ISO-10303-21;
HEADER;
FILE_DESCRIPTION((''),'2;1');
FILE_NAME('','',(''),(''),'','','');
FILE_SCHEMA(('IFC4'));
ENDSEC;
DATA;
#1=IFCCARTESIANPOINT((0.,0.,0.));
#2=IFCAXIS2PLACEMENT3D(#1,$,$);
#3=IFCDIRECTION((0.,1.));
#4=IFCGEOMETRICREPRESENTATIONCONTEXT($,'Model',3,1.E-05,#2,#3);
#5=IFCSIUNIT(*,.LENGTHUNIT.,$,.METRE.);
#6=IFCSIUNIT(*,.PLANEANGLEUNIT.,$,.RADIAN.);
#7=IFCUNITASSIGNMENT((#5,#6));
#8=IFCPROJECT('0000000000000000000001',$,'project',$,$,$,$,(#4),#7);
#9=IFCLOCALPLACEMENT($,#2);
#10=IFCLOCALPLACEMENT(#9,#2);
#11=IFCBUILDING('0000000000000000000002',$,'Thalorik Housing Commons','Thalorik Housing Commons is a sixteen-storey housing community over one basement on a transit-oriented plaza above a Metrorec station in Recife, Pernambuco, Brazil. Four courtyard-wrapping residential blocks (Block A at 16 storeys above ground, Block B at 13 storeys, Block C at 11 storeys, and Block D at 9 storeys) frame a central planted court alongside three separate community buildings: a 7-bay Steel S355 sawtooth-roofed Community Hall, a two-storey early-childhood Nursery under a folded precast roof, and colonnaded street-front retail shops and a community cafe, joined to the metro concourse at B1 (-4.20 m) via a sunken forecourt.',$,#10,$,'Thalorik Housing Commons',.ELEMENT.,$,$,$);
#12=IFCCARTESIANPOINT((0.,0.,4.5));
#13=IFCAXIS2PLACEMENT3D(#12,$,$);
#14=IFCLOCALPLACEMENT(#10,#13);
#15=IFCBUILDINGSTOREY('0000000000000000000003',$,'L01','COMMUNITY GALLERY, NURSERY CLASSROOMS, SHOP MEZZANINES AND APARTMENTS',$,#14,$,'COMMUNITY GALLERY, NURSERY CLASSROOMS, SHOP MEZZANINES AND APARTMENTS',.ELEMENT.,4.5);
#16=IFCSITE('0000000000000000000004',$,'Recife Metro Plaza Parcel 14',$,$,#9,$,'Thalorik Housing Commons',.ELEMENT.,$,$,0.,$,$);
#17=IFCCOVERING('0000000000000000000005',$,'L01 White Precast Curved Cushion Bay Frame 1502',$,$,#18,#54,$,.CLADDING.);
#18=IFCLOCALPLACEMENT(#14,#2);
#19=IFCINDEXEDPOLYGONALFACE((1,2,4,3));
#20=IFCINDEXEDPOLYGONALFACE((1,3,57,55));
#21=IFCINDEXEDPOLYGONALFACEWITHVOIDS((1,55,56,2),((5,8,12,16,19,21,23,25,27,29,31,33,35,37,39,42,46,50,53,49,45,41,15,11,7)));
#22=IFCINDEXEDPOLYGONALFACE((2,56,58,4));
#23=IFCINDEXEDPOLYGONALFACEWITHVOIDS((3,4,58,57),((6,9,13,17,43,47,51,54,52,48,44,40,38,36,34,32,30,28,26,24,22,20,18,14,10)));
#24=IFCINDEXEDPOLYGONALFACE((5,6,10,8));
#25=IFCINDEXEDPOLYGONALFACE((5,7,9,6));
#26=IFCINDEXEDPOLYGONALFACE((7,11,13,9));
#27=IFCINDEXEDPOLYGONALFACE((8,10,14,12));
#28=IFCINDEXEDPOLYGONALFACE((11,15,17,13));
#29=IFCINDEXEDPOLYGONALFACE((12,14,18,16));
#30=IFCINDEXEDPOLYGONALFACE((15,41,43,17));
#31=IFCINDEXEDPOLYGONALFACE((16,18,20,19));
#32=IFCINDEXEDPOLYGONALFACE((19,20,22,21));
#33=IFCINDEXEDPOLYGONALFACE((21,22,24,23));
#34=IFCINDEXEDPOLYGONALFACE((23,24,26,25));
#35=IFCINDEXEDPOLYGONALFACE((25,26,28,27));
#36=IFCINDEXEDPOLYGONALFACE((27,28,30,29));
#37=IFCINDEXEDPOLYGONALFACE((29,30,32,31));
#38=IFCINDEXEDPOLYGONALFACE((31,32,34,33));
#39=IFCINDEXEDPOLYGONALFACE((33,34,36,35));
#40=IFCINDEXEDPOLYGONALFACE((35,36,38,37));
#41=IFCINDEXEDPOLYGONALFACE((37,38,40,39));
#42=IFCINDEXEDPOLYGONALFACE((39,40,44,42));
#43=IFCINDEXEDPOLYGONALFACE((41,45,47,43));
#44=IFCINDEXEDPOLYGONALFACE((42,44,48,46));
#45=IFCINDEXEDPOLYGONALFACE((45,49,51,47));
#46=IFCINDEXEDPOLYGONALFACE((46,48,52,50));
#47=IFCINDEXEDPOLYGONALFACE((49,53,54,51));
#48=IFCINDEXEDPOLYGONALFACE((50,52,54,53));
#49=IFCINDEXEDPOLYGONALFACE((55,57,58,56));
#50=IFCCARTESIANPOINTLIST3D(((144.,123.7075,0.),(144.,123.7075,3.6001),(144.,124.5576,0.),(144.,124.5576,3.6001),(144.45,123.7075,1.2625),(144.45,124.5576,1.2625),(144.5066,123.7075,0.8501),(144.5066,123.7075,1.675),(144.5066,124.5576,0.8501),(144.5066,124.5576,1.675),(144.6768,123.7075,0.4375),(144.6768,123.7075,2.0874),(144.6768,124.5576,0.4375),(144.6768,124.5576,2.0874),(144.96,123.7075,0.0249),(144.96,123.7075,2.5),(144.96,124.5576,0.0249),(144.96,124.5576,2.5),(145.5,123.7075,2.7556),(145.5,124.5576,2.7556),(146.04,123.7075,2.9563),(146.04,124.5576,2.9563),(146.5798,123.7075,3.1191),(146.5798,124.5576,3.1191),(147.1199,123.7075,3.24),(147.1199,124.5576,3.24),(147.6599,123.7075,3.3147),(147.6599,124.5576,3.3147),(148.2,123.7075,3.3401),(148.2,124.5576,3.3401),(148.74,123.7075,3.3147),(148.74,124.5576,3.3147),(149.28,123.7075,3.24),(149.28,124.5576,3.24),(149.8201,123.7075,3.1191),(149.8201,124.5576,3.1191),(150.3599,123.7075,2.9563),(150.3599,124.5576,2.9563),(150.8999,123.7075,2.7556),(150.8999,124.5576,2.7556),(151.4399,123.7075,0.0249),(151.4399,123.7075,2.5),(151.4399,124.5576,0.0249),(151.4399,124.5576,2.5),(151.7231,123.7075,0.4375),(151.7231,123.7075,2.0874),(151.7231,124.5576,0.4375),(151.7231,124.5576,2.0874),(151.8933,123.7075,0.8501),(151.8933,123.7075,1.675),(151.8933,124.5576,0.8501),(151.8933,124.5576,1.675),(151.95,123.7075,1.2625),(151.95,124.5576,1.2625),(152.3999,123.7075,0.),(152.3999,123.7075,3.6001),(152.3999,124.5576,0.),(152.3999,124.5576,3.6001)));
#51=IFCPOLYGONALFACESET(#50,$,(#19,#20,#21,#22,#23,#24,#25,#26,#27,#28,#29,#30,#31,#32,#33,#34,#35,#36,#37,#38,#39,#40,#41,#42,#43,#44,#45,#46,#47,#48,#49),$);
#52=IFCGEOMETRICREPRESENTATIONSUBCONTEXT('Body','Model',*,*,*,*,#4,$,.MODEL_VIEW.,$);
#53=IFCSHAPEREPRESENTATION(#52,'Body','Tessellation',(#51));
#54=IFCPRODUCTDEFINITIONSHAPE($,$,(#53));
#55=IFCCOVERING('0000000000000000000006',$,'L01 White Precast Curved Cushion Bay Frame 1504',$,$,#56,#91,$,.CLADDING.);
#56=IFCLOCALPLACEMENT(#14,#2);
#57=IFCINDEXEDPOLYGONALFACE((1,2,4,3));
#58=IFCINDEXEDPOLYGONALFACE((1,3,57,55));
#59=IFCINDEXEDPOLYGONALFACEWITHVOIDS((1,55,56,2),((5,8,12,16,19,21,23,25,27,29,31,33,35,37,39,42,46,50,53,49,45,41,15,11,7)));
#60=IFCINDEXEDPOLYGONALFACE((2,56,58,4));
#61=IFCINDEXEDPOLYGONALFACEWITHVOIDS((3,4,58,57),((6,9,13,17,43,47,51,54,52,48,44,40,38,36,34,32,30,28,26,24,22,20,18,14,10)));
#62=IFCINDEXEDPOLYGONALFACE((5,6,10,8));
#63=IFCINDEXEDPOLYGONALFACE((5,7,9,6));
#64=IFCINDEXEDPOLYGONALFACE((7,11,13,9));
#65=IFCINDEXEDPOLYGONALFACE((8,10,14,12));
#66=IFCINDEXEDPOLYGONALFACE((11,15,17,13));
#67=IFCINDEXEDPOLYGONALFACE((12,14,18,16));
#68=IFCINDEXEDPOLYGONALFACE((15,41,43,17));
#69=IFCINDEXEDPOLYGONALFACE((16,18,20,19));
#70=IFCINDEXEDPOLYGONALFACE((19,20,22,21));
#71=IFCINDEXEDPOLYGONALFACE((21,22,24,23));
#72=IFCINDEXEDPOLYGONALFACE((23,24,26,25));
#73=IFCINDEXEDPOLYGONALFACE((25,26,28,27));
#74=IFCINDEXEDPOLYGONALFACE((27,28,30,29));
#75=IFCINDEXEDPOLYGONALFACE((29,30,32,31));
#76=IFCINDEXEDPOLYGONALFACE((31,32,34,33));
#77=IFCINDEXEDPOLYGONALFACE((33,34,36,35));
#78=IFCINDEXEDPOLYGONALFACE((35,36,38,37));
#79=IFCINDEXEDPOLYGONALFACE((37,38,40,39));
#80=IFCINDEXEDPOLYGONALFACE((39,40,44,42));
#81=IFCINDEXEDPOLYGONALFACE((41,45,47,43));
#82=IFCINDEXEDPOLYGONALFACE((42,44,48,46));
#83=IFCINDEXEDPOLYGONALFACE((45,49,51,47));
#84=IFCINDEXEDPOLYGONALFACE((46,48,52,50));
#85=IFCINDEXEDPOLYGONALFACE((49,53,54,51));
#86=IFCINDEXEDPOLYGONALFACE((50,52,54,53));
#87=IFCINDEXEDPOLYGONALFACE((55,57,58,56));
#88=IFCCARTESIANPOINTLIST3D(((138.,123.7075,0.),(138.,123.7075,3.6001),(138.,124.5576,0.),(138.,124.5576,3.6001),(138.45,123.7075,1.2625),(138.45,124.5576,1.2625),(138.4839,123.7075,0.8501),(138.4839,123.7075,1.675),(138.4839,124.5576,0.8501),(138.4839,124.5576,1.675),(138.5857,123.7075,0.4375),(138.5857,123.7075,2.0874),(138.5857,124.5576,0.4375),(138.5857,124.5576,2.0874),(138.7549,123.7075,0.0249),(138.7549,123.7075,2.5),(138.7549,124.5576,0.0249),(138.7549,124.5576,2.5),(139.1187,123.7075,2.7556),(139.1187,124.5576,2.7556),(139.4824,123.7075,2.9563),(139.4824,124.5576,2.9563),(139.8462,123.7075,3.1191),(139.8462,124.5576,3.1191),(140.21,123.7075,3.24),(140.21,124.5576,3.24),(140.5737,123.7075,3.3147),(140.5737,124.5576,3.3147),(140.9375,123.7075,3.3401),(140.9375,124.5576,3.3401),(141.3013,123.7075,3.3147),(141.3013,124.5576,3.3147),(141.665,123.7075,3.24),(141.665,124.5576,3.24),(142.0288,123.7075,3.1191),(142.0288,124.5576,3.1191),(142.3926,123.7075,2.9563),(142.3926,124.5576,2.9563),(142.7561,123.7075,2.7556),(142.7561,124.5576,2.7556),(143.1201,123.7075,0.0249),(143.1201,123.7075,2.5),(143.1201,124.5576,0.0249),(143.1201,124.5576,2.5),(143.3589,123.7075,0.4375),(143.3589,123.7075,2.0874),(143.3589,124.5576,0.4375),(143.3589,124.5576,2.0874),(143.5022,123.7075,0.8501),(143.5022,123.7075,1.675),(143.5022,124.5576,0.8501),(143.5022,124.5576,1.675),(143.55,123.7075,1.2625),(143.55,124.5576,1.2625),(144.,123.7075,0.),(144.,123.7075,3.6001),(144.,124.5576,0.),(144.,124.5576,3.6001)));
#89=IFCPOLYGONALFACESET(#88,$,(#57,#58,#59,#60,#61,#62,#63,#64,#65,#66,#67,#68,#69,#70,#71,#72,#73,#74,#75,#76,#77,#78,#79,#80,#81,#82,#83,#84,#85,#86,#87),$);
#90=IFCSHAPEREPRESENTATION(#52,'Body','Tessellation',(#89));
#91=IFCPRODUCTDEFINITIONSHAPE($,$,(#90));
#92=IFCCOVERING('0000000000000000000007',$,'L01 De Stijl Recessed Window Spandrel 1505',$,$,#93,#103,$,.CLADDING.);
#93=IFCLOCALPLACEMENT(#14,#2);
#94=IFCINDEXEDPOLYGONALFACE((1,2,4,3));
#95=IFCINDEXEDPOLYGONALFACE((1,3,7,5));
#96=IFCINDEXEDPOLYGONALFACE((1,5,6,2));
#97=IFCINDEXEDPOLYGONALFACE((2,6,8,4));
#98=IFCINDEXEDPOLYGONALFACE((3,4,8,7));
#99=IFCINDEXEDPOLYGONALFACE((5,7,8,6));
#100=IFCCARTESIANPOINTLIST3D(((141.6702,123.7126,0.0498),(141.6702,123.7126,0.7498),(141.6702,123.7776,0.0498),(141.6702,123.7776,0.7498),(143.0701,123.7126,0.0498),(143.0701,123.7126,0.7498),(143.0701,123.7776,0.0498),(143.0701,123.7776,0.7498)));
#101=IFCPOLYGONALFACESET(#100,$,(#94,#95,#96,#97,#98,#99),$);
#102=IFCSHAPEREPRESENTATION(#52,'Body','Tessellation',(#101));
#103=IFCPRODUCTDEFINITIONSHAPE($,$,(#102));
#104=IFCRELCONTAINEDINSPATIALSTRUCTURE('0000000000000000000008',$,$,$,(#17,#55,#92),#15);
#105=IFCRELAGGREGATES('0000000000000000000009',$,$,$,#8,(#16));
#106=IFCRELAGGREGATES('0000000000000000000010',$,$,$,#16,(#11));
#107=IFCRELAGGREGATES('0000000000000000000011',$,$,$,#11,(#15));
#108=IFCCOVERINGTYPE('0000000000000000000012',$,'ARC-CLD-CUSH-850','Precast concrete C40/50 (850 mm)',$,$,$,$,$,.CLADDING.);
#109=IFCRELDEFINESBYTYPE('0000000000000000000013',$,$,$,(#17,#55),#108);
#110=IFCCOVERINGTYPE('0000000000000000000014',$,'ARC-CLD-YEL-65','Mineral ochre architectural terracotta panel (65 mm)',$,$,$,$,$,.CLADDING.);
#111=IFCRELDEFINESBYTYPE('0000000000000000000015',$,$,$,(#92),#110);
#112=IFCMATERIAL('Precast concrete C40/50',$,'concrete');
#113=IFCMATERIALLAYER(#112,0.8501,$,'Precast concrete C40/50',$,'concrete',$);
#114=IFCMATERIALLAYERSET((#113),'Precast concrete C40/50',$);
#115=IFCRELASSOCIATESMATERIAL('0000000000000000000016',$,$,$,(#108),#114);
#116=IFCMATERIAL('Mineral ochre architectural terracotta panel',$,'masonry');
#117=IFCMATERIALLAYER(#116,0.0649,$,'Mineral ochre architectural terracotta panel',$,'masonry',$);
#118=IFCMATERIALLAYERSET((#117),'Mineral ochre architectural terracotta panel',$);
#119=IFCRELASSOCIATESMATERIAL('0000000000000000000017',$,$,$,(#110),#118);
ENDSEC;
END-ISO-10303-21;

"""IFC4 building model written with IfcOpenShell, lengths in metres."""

from ifc_helpers import new_model, si_unit, direction, frame, origin, origin_2d, place, context, subcontext, project, spatial, polyline, rectangle, outline, extrude, material, layer, layer_set, type_object, element, save


model = new_model("IFC4")

# Units and contexts
model_context = context("Model", 3, precision=1e-05, world=origin(), true_north=direction((0.0, 1.0)))
body_context = subcontext(model_context, "Body", "Model", "MODEL_VIEW")
ifc_project = project(units=[si_unit("LENGTHUNIT", "METRE"), si_unit("PLANEANGLEUNIT", "RADIAN")], contexts=[model_context])

# Site, building, storey
site_placement = place(None, origin())
site = spatial("IfcSite", under=ifc_project, at=site_placement, Name="Recife Metro Plaza Parcel 14", LongName="Thalorik Housing Commons", CompositionType="ELEMENT", RefElevation=0.0)
building_placement = place(site_placement, origin())
building = spatial("IfcBuilding", under=site, at=building_placement, Name="Thalorik Housing Commons", Description="Thalorik Housing Commons is a sixteen-storey housing community over one basement on a transit-oriented plaza above a Metrorec station in Recife, Pernambuco, Brazil. Four courtyard-wrapping residential blocks (Block A at 16 storeys above ground, Block B at 13 storeys, Block C at 11 storeys, and Block D at 9 storeys) frame a central planted court alongside three separate community buildings: a 7-bay Steel S355 sawtooth-roofed Community Hall, a two-storey early-childhood Nursery under a folded precast roof, and colonnaded street-front retail shops and a community cafe, joined to the metro concourse at B1 (-4.20 m) via a sunken forecourt.", LongName="Thalorik Housing Commons", CompositionType="ELEMENT")
storey_placement = place(building_placement, frame((0.0, 0.0, 4.5)))
storey = spatial("IfcBuildingStorey", under=building, at=storey_placement, Name="L01", Description="COMMUNITY GALLERY, NURSERY CLASSROOMS, SHOP MEZZANINES AND APARTMENTS", LongName="COMMUNITY GALLERY, NURSERY CLASSROOMS, SHOP MEZZANINES AND APARTMENTS", CompositionType="ELEMENT", Elevation=4.5)

# Shared definitions
ifc_material_1 = material(Name="Precast concrete C40/50", Category="concrete")

# Coverings
ifc_layer_1 = layer(ifc_material_1, 0.8501, Name="Precast concrete C40/50", Category="concrete")
ifc_layer_set_1 = layer_set([ifc_layer_1], Name="Precast concrete C40/50")
covering_type_1 = type_object("IfcCoveringType", Name="ARC-CLD-CUSH-850", Description="Precast concrete C40/50 (850 mm)", PredefinedType="CLADDING", material=ifc_layer_set_1)
covering_1_placement = place(storey_placement, frame((148.2, 124.1326, 0.0), z_axis=(0.0, 0.0, 1.0), x_axis=(-1.0, 0.0, 0.0)))
element("IfcCovering", 1, at=covering_1_placement, inside=storey, type_object=covering_type_1, Name="L01 White Precast Curved Cushion Bay Frame 1502", PredefinedType="CLADDING", context=body_context, shape_type="SweptSolid", body=[
    extrude(outline(polyline([(-4.2, 0.0), (4.2, 0.0), (4.2, 3.6001), (-4.2, 3.6001), (-4.2, 0.0)]), holes=[polyline([(3.24, 0.0249), (3.5232, 0.4375), (3.6934, 0.8501), (3.75, 1.2625), (3.6934, 1.675), (3.5232, 2.0874), (3.24, 2.5), (2.7, 2.7556), (2.1599, 2.9563), (1.6201, 3.1191), (1.0801, 3.24), (0.54, 3.3147), (0.0, 3.3401), (-0.54, 3.3147), (-1.0801, 3.24), (-1.6201, 3.1191), (-2.1599, 2.9563), (-2.7, 2.7556), (-3.24, 2.5), (-3.5232, 2.0874), (-3.6934, 1.675), (-3.75, 1.2625), (-3.6934, 0.8501), (-3.5232, 0.4375), (-3.24, 0.0249), (3.24, 0.0249)])]), frame((0.0, 0.425, 0.0), z_axis=(0.0, -1.0, 0.0), x_axis=(1.0, 0.0, 0.0)), (0.0, 0.0, 1.0), 0.8501),
])
covering_2_placement = place(storey_placement, frame((141.0, 124.1326, 0.0), z_axis=(0.0, 0.0, 1.0), x_axis=(-1.0, 0.0, 0.0)))
element("IfcCovering", 2, at=covering_2_placement, inside=storey, type_object=covering_type_1, Name="L01 White Precast Curved Cushion Bay Frame 1504", PredefinedType="CLADDING", context=body_context, shape_type="SweptSolid", body=[
    extrude(outline(polyline([(-3.0, 0.0), (3.0, 0.0), (3.0, 3.6001), (-3.0, 3.6001), (-3.0, 0.0)]), holes=[polyline([(2.2451, 0.0249), (2.4143, 0.4375), (2.5161, 0.8501), (2.55, 1.2625), (2.5161, 1.675), (2.4143, 2.0874), (2.2451, 2.5), (1.8813, 2.7556), (1.5176, 2.9563), (1.1538, 3.1191), (0.79, 3.24), (0.4263, 3.3147), (0.0625, 3.3401), (-0.3013, 3.3147), (-0.665, 3.24), (-1.0288, 3.1191), (-1.3926, 2.9563), (-1.7561, 2.7556), (-2.1201, 2.5), (-2.3589, 2.0874), (-2.5022, 1.675), (-2.55, 1.2625), (-2.5022, 0.8501), (-2.3589, 0.4375), (-2.1201, 0.0249), (2.2451, 0.0249)])]), frame((0.0, 0.425, 0.0), z_axis=(0.0, -1.0, 0.0), x_axis=(1.0, 0.0, 0.0)), (0.0, 0.0, 1.0), 0.8501),
])
ifc_material_2 = material(Name="Mineral ochre architectural terracotta panel", Category="masonry")
ifc_layer_2 = layer(ifc_material_2, 0.0649, Name="Mineral ochre architectural terracotta panel", Category="masonry")
ifc_layer_set_2 = layer_set([ifc_layer_2], Name="Mineral ochre architectural terracotta panel")
covering_type_2 = type_object("IfcCoveringType", Name="ARC-CLD-YEL-65", Description="Mineral ochre architectural terracotta panel (65 mm)", PredefinedType="CLADDING", material=ifc_layer_set_2)
covering_3_placement = place(storey_placement, frame((142.3701, 123.7451, 0.0498), z_axis=(0.0, 0.0, 1.0), x_axis=(-1.0, 0.0, 0.0)))
element("IfcCovering", 3, at=covering_3_placement, inside=storey, type_object=covering_type_2, Name="L01 De Stijl Recessed Window Spandrel 1505", PredefinedType="CLADDING", context=body_context, shape_type="SweptSolid", body=[
    extrude(rectangle(XDim=1.3999, YDim=0.0649, at=origin_2d()), origin(), (0.0, 0.0, 1.0), 0.7),
])

save(model, "model.ifc")
